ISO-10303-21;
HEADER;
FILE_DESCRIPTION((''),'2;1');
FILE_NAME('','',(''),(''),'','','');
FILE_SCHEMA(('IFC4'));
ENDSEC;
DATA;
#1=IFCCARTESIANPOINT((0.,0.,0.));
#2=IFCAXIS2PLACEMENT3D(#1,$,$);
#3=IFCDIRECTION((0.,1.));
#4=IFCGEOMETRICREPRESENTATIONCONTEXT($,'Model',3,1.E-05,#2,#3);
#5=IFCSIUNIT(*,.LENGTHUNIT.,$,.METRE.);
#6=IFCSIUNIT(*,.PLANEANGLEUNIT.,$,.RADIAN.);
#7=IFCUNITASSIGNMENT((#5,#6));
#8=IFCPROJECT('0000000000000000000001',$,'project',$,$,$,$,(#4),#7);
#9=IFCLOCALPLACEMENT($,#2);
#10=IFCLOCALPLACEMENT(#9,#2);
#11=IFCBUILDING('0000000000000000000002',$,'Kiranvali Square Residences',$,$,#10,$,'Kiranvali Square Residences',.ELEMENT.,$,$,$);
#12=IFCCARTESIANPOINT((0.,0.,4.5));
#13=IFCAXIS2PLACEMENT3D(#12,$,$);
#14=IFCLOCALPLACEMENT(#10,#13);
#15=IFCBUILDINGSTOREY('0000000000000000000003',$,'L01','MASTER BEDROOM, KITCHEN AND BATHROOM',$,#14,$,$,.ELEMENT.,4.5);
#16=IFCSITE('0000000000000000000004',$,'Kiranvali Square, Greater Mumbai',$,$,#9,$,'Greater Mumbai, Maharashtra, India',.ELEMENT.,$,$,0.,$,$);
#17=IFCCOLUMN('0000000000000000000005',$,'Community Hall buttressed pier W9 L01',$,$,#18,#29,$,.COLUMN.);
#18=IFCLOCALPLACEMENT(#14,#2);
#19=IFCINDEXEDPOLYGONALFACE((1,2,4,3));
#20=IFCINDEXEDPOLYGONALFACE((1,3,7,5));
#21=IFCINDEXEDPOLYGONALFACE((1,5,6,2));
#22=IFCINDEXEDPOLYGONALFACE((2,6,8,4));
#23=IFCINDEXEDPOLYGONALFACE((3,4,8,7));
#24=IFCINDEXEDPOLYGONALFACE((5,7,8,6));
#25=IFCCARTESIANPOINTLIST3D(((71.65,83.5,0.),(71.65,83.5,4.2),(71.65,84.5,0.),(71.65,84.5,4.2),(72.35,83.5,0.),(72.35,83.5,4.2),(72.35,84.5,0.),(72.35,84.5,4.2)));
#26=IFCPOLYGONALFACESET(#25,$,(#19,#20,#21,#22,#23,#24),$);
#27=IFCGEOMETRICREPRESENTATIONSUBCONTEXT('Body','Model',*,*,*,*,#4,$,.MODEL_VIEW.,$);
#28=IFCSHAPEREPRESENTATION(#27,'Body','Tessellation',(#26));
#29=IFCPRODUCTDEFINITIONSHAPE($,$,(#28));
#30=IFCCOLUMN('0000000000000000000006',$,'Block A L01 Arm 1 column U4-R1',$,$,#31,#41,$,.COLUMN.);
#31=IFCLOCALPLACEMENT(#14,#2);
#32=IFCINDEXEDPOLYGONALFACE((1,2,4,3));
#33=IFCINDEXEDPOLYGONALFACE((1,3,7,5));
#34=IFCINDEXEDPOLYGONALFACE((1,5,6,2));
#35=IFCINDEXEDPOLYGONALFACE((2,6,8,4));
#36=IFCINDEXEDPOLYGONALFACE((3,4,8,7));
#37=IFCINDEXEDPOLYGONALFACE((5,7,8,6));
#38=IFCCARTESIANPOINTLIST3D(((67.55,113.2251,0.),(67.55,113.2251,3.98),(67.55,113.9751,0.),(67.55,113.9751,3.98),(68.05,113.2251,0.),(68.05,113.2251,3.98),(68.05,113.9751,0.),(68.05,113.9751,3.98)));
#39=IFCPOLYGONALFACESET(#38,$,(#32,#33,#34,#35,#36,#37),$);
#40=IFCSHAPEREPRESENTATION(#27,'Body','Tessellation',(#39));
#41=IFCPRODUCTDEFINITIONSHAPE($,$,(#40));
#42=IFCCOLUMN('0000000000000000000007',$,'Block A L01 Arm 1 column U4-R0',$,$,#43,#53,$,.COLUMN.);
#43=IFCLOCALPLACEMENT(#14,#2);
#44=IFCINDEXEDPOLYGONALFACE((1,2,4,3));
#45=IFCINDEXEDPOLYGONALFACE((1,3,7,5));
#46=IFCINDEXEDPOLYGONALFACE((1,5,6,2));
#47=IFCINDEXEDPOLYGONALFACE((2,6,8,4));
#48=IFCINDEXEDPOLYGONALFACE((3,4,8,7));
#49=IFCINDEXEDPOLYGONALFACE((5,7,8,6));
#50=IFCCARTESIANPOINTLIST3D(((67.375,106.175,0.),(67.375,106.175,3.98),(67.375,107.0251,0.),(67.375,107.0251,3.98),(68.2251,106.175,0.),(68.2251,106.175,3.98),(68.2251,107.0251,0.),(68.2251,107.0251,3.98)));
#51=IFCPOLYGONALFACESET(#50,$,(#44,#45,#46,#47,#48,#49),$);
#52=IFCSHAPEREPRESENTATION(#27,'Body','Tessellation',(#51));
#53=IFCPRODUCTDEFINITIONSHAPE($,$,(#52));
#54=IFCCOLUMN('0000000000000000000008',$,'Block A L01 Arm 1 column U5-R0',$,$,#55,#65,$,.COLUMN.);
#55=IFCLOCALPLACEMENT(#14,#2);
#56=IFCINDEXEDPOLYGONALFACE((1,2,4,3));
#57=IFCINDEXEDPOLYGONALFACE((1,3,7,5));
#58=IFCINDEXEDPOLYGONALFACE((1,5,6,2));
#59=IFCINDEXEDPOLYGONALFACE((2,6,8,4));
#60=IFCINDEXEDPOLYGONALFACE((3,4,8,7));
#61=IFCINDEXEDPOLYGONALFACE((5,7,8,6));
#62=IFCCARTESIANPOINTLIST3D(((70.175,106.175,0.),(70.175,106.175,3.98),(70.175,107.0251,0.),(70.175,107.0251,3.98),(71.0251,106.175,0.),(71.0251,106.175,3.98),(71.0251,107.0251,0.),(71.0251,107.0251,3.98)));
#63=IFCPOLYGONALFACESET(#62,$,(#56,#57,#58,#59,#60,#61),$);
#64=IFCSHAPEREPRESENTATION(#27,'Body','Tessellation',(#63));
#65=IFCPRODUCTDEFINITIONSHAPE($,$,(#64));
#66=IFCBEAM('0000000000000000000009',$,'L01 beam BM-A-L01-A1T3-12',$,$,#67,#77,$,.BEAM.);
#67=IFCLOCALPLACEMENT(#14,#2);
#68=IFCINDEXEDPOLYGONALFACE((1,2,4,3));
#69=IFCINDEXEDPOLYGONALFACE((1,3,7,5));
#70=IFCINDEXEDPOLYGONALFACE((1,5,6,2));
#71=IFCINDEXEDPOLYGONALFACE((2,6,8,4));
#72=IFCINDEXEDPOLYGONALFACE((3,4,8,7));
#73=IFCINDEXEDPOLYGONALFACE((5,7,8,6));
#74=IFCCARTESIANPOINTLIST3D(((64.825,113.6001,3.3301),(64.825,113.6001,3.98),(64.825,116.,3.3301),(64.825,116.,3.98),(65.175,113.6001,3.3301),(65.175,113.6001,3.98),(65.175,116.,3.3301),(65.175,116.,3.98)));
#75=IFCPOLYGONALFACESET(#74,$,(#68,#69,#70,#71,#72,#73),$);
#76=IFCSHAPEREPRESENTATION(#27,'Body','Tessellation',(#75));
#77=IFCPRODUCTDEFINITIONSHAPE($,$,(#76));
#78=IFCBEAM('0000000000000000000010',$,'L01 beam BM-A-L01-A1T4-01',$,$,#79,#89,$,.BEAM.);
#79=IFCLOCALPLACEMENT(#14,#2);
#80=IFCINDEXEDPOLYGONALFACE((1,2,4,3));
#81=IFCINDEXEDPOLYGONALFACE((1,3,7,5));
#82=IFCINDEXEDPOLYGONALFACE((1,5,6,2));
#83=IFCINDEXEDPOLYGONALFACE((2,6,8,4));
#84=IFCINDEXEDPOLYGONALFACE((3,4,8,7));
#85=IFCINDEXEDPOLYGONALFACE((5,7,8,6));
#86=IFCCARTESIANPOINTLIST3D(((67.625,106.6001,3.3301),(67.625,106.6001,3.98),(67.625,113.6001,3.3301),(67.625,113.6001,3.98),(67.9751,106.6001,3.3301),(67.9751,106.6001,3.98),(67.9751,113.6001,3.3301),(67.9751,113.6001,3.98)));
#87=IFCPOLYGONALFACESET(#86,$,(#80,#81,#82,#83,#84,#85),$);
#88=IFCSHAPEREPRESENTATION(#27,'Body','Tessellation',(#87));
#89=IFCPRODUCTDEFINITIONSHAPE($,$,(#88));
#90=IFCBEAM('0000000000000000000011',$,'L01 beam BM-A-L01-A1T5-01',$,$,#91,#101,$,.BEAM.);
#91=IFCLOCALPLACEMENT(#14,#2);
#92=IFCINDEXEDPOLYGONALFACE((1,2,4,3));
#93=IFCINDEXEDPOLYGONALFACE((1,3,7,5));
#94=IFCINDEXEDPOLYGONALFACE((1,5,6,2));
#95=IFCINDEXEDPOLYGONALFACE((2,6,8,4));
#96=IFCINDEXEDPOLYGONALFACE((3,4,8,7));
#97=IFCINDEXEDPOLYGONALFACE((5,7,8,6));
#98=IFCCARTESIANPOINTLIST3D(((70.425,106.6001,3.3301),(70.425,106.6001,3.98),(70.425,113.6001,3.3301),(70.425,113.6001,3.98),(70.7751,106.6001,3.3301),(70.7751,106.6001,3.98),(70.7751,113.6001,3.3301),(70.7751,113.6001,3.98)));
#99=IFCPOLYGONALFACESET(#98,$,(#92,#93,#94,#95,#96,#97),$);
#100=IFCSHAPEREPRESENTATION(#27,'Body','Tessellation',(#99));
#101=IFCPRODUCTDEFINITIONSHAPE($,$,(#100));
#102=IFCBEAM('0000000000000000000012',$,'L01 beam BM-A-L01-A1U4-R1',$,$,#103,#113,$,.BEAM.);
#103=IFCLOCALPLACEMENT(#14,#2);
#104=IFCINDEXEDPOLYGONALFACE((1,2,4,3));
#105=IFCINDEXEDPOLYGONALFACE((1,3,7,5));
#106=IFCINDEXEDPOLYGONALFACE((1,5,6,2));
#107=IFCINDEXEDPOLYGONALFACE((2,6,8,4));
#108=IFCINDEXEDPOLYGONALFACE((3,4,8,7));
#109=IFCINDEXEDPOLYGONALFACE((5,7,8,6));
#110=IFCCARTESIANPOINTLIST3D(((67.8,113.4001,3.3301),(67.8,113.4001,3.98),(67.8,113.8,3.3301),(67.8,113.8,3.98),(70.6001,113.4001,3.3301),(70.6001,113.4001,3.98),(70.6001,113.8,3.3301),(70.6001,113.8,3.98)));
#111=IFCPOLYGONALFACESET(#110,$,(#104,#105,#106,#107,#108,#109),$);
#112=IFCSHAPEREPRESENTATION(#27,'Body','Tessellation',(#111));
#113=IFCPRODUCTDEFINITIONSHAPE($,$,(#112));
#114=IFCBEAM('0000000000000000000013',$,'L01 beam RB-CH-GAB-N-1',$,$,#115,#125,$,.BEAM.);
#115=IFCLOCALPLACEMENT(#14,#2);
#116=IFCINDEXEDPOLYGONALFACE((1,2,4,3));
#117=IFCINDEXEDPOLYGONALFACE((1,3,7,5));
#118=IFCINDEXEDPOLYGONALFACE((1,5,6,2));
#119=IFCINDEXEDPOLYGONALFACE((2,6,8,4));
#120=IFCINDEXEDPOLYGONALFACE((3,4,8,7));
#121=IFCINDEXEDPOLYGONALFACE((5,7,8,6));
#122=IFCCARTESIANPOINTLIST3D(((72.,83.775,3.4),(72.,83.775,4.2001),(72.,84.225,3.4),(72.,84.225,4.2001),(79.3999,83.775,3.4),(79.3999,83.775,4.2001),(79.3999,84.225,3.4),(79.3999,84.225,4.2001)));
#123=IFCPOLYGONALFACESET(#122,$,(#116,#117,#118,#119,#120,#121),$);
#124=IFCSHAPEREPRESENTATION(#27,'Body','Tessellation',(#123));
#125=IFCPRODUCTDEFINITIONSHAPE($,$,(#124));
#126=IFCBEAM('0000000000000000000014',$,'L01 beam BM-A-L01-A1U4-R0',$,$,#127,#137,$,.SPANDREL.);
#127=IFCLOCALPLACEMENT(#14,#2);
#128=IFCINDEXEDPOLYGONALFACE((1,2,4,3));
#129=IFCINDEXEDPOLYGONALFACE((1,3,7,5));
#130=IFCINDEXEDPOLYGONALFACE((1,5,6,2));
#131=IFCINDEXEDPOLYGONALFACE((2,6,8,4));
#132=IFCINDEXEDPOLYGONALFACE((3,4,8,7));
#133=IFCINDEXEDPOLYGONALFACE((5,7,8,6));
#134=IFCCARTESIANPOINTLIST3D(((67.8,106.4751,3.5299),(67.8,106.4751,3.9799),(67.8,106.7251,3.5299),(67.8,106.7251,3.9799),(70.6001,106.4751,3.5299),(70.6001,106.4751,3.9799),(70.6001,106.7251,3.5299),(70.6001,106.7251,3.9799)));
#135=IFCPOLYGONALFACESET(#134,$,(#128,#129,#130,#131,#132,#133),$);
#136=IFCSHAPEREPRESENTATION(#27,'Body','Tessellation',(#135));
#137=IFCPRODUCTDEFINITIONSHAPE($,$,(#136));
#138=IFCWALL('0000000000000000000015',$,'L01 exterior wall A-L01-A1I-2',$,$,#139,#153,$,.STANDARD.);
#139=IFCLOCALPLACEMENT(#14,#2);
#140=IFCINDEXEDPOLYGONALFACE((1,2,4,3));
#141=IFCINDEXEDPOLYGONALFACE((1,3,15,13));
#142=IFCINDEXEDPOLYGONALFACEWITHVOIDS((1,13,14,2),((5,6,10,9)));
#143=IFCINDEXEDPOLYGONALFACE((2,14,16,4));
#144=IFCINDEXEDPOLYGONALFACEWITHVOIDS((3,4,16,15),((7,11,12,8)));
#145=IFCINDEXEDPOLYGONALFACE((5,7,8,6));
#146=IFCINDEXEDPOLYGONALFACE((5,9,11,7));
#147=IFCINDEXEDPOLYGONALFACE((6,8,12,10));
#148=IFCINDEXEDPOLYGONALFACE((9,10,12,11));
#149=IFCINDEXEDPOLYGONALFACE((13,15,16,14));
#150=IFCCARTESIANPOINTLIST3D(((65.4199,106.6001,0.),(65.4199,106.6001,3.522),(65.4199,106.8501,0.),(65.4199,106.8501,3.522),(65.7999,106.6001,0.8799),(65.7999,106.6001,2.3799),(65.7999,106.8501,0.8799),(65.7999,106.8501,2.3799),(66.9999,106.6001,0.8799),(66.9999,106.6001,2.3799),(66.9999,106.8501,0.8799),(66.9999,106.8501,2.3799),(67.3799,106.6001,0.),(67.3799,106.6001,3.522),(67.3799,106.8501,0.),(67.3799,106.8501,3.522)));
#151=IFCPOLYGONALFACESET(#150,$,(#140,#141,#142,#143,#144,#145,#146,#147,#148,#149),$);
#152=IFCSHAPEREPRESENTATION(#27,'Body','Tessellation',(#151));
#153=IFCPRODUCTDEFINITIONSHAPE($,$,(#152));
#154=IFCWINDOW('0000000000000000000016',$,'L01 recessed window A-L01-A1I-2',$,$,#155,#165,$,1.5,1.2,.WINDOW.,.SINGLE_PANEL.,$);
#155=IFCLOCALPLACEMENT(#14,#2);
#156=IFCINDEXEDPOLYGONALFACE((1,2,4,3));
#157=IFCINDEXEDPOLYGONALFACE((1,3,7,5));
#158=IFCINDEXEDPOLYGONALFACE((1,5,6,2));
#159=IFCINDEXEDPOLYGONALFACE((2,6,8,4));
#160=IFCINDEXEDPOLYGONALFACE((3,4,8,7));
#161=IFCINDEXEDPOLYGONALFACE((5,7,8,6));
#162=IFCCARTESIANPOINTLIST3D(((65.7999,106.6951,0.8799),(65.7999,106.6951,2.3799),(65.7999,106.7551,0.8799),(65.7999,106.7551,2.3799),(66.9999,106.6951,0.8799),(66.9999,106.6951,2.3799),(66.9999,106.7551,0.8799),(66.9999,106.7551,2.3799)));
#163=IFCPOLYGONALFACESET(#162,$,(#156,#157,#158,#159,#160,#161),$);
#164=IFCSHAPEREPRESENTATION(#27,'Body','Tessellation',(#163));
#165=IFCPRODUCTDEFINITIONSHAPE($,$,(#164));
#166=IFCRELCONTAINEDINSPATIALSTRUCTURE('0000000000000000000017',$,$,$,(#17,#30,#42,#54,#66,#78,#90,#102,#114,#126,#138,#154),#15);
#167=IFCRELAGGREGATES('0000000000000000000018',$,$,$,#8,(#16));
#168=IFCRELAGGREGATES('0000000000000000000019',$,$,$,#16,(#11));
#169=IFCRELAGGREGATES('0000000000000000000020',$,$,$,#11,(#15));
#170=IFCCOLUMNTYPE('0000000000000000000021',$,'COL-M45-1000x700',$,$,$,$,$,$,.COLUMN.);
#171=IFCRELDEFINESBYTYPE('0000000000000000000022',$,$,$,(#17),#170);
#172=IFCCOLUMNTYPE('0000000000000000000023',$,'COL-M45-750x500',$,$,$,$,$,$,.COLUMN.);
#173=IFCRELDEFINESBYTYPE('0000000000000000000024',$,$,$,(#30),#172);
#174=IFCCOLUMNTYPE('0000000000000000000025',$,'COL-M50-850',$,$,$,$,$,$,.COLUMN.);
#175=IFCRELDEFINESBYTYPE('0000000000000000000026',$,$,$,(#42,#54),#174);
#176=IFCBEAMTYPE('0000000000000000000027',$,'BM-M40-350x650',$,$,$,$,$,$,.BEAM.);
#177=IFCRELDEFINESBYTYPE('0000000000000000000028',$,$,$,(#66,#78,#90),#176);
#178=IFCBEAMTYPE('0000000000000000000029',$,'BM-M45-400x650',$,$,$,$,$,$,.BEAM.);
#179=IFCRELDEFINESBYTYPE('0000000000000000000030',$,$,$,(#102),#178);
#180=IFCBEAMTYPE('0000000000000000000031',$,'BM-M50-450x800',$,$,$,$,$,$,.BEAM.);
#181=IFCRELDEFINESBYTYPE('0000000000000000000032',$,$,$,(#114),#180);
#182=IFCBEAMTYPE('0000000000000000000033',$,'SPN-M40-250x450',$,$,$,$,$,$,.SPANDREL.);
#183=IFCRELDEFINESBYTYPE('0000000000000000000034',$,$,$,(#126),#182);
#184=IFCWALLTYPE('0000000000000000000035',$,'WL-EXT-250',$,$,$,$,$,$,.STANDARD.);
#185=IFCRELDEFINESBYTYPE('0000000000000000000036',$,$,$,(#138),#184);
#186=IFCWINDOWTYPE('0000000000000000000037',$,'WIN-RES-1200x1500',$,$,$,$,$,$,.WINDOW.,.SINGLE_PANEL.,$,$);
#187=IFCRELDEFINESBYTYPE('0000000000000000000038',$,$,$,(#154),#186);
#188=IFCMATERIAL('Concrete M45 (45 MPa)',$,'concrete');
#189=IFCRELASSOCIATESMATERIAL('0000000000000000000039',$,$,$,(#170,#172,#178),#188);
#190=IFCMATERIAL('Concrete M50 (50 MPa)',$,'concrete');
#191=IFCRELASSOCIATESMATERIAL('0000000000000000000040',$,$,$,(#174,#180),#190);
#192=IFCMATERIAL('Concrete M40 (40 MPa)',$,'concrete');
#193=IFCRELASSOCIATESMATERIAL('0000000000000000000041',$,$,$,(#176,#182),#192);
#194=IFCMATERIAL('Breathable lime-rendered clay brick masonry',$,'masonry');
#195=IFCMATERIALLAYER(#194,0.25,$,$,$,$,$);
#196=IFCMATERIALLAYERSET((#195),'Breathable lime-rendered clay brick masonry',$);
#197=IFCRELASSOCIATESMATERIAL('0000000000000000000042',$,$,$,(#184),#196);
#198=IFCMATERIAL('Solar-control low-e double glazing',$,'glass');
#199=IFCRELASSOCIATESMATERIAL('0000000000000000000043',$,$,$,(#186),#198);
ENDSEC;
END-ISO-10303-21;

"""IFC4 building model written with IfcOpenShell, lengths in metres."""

from ifc_helpers import new_model, si_unit, direction, frame, frame_2d, origin, origin_2d, place, context, subcontext, project, spatial, rectangle, extrude, material, layer, layer_set, material_profile, profile_set, type_object, element, fill, save


model = new_model("IFC4")

# Units and contexts
model_context = context("Model", 3, precision=1e-05, world=origin(), true_north=direction((0.0, 1.0)))
body_context = subcontext(model_context, "Body", "Model", "MODEL_VIEW")
ifc_project = project(units=[si_unit("LENGTHUNIT", "METRE"), si_unit("PLANEANGLEUNIT", "RADIAN")], contexts=[model_context])

# Site, building, storey
site_placement = place(None, origin())
site = spatial("IfcSite", under=ifc_project, at=site_placement, Name="Kiranvali Square, Greater Mumbai", LongName="Greater Mumbai, Maharashtra, India", CompositionType="ELEMENT", RefElevation=0.0)
building_placement = place(site_placement, origin())
building = spatial("IfcBuilding", under=site, at=building_placement, Name="Kiranvali Square Residences", LongName="Kiranvali Square Residences", CompositionType="ELEMENT")
storey_placement = place(building_placement, frame((0.0, 0.0, 4.5)))
storey = spatial("IfcBuildingStorey", under=building, at=storey_placement, Name="L01", Description="MASTER BEDROOM, KITCHEN AND BATHROOM", CompositionType="ELEMENT", Elevation=4.5)

# Columns
ifc_material_1 = material(Name="Concrete M45 (45 MPa)", Category="concrete")
ifc_material_profile_1 = material_profile(ifc_material_1, rectangle(XDim=0.7, YDim=1.0, at=origin_2d()), Name="RC 1000x700")
ifc_profile_set_1 = profile_set([ifc_material_profile_1], Name="Concrete M45 (45 MPa)")
column_type_1 = type_object("IfcColumnType", Name="COL-M45-1000x700", PredefinedType="COLUMN", material=ifc_profile_set_1)
column_1_placement = place(storey_placement, frame((72.0, 84.0, 0.0), z_axis=(0.0, 0.0, 1.0), x_axis=(1.0, 0.0, 0.0)))
element("IfcColumn", 1, at=column_1_placement, inside=storey, type_object=column_type_1, Name="Community Hall buttressed pier W9 L01", PredefinedType="COLUMN", context=body_context, shape_type="SweptSolid", body=[
    extrude(rectangle(XDim=0.7, YDim=1.0, at=origin_2d()), origin(), (0.0, 0.0, 1.0), 4.2),
])
ifc_material_profile_2 = material_profile(ifc_material_1, rectangle(XDim=0.5, YDim=0.75, at=origin_2d()), Name="RC 750x500")
ifc_profile_set_2 = profile_set([ifc_material_profile_2], Name="Concrete M45 (45 MPa)")
column_type_2 = type_object("IfcColumnType", Name="COL-M45-750x500", PredefinedType="COLUMN", material=ifc_profile_set_2)
column_2_placement = place(storey_placement, frame((67.8, 113.6001, 0.0), z_axis=(0.0, 0.0, 1.0), x_axis=(1.0, 0.0, 0.0)))
element("IfcColumn", 2, at=column_2_placement, inside=storey, type_object=column_type_2, Name="Block A L01 Arm 1 column U4-R1", PredefinedType="COLUMN", context=body_context, shape_type="SweptSolid", body=[
    extrude(rectangle(XDim=0.5, YDim=0.75, at=origin_2d()), origin(), (0.0, 0.0, 1.0), 3.98),
])
ifc_material_2 = material(Name="Concrete M50 (50 MPa)", Category="concrete")
ifc_material_profile_3 = material_profile(ifc_material_2, rectangle(XDim=0.8501, YDim=0.8501, at=origin_2d()), Name="RC 850x850")
ifc_profile_set_3 = profile_set([ifc_material_profile_3], Name="Concrete M50 (50 MPa)")
column_type_3 = type_object("IfcColumnType", Name="COL-M50-850", PredefinedType="COLUMN", material=ifc_profile_set_3)
for number, where, z_axis, x_axis, name in (
    (3, (67.8, 106.6001, 0.0), (0.0, 0.0, 1.0), (1.0, 0.0, 0.0), "Block A L01 Arm 1 column U4-R0"),
    (4, (70.6001, 106.6001, 0.0), (0.0, 0.0, 1.0), (1.0, 0.0, 0.0), "Block A L01 Arm 1 column U5-R0"),
):
    element("IfcColumn", number, at=place(storey_placement, frame(where, z_axis=z_axis, x_axis=x_axis)), inside=storey, type_object=column_type_3, Name=name, PredefinedType="COLUMN", context=body_context, shape_type="SweptSolid", body=[
        extrude(rectangle(XDim=0.8501, YDim=0.8501, at=origin_2d()), origin(), (0.0, 0.0, 1.0), 3.98),
    ])

# Beams
ifc_material_3 = material(Name="Concrete M40 (40 MPa)", Category="concrete")
ifc_material_profile_4 = material_profile(ifc_material_3, rectangle(XDim=0.3501, YDim=0.6499, at=origin_2d()), Name="RC 350x650")
ifc_profile_set_4 = profile_set([ifc_material_profile_4], Name="Concrete M40 (40 MPa)")
beam_type_1 = type_object("IfcBeamType", Name="BM-M40-350x650", PredefinedType="BEAM", material=ifc_profile_set_4)
beam_1_placement = place(storey_placement, frame((65.0, 113.6001, 3.655), z_axis=(0.0, 1.0, 0.0), x_axis=(-1.0, 0.0, 0.0)))
element("IfcBeam", 5, at=beam_1_placement, inside=storey, type_object=beam_type_1, Name="L01 beam BM-A-L01-A1T3-12", PredefinedType="BEAM", context=body_context, shape_type="SweptSolid", body=[
    extrude(rectangle(XDim=0.3501, YDim=0.6499, at=origin_2d()), origin(), (0.0, 0.0, 1.0), 2.3999),
])
for number, where, z_axis, x_axis, name in (
    (6, (67.8, 106.6001, 3.655), (0.0, 1.0, 0.0), (-1.0, 0.0, 0.0), "L01 beam BM-A-L01-A1T4-01"),
    (7, (70.6001, 106.6001, 3.655), (0.0, 1.0, 0.0), (-1.0, 0.0, 0.0), "L01 beam BM-A-L01-A1T5-01"),
):
    element("IfcBeam", number, at=place(storey_placement, frame(where, z_axis=z_axis, x_axis=x_axis)), inside=storey, type_object=beam_type_1, Name=name, PredefinedType="BEAM", context=body_context, shape_type="SweptSolid", body=[
        extrude(rectangle(XDim=0.3501, YDim=0.6499, at=origin_2d()), origin(), (0.0, 0.0, 1.0), 7.0),
    ])
ifc_material_profile_5 = material_profile(ifc_material_1, rectangle(XDim=0.3999, YDim=0.6499, at=origin_2d()), Name="RC 400x650")
ifc_profile_set_5 = profile_set([ifc_material_profile_5], Name="Concrete M45 (45 MPa)")
beam_type_2 = type_object("IfcBeamType", Name="BM-M45-400x650", PredefinedType="BEAM", material=ifc_profile_set_5)
beam_2_placement = place(storey_placement, frame((67.8, 113.6001, 3.655), z_axis=(1.0, 0.0, 0.0), x_axis=(0.0, 1.0, 0.0)))
element("IfcBeam", 8, at=beam_2_placement, inside=storey, type_object=beam_type_2, Name="L01 beam BM-A-L01-A1U4-R1", PredefinedType="BEAM", context=body_context, shape_type="SweptSolid", body=[
    extrude(rectangle(XDim=0.3999, YDim=0.6499, at=origin_2d()), origin(), (0.0, 0.0, 1.0), 2.8),
])
ifc_material_profile_6 = material_profile(ifc_material_2, rectangle(XDim=0.45, YDim=0.8, at=origin_2d()), Name="RC 450x800")
ifc_profile_set_6 = profile_set([ifc_material_profile_6], Name="Concrete M50 (50 MPa)")
beam_type_3 = type_object("IfcBeamType", Name="BM-M50-450x800", PredefinedType="BEAM", material=ifc_profile_set_6)
beam_3_placement = place(storey_placement, frame((72.0, 84.0, 3.8), z_axis=(1.0, 0.0, 0.0), x_axis=(0.0, 1.0, 0.0)))
element("IfcBeam", 9, at=beam_3_placement, inside=storey, type_object=beam_type_3, Name="L01 beam RB-CH-GAB-N-1", PredefinedType="BEAM", context=body_context, shape_type="SweptSolid", body=[
    extrude(rectangle(XDim=0.45, YDim=0.8, at=origin_2d()), origin(), (0.0, 0.0, 1.0), 7.3999),
])
ifc_material_profile_7 = material_profile(ifc_material_3, rectangle(XDim=0.25, YDim=0.45, at=origin_2d()), Name="RC 250x450")
ifc_profile_set_7 = profile_set([ifc_material_profile_7], Name="Concrete M40 (40 MPa)")
beam_type_4 = type_object("IfcBeamType", Name="SPN-M40-250x450", PredefinedType="SPANDREL", material=ifc_profile_set_7)
beam_4_placement = place(storey_placement, frame((67.8, 106.6001, 3.7549), z_axis=(1.0, 0.0, 0.0), x_axis=(0.0, 1.0, 0.0)))
element("IfcBeam", 10, at=beam_4_placement, inside=storey, type_object=beam_type_4, Name="L01 beam BM-A-L01-A1U4-R0", PredefinedType="SPANDREL", context=body_context, shape_type="SweptSolid", body=[
    extrude(rectangle(XDim=0.25, YDim=0.45, at=origin_2d()), origin(), (0.0, 0.0, 1.0), 2.8),
])

# Wall, opening, window
ifc_material_4 = material(Name="Breathable lime-rendered clay brick masonry", Category="masonry")
ifc_layer_1 = layer(ifc_material_4, 0.25)
ifc_layer_set_1 = layer_set([ifc_layer_1], Name="Breathable lime-rendered clay brick masonry")
wall_type_1 = type_object("IfcWallType", Name="WL-EXT-250", PredefinedType="STANDARD", material=ifc_layer_set_1)
wall_1_placement = place(storey_placement, frame((65.4199, 106.7251, 0.0), z_axis=(0.0, 0.0, 1.0), x_axis=(1.0, 0.0, 0.0)))
wall_1 = element("IfcWall", 11, at=wall_1_placement, inside=storey, type_object=wall_type_1, Name="L01 exterior wall A-L01-A1I-2", PredefinedType="STANDARD", context=body_context, shape_type="SweptSolid", body=[
    extrude(rectangle(XDim=1.96, YDim=0.25, at=frame_2d((0.98, 0.0))), origin(), (0.0, 0.0, 1.0), 3.522),
])
opening_1_placement = place(wall_1_placement, frame((0.3799, 0.0, 0.8799)))
opening_1 = element("IfcOpeningElement", 12, at=opening_1_placement, cuts=wall_1, PredefinedType="OPENING", context=body_context, shape_type="SweptSolid", body=[
    extrude(rectangle(XDim=1.2, YDim=1.5, at=frame_2d((0.6001, 0.75))), frame((0.0, 0.135, 0.0), z_axis=(0.0, -1.0, 0.0), x_axis=(1.0, 0.0, 0.0)), (0.0, 0.0, 1.0), 0.27),
])
ifc_material_5 = material(Name="Solar-control low-e double glazing", Category="glass")
window_type_1 = type_object("IfcWindowType", Name="WIN-RES-1200x1500", PartitioningType="SINGLE_PANEL", PredefinedType="WINDOW", material=ifc_material_5)
window_1_placement = place(opening_1_placement, origin())
window_1 = element("IfcWindow", 13, at=window_1_placement, inside=storey, type_object=window_type_1, Name="L01 recessed window A-L01-A1I-2", OverallHeight=1.5, OverallWidth=1.2, PartitioningType="SINGLE_PANEL", PredefinedType="WINDOW", context=body_context, shape_type="SweptSolid", body=[
    extrude(rectangle(XDim=1.2, YDim=1.5, at=frame_2d((0.6001, 0.75))), frame((0.0, 0.03, 0.0), z_axis=(0.0, -1.0, 0.0), x_axis=(1.0, 0.0, 0.0)), (0.0, 0.0, 1.0), 0.0601),
])
fill(opening_1, window_1)

save(model, "model.ifc")
